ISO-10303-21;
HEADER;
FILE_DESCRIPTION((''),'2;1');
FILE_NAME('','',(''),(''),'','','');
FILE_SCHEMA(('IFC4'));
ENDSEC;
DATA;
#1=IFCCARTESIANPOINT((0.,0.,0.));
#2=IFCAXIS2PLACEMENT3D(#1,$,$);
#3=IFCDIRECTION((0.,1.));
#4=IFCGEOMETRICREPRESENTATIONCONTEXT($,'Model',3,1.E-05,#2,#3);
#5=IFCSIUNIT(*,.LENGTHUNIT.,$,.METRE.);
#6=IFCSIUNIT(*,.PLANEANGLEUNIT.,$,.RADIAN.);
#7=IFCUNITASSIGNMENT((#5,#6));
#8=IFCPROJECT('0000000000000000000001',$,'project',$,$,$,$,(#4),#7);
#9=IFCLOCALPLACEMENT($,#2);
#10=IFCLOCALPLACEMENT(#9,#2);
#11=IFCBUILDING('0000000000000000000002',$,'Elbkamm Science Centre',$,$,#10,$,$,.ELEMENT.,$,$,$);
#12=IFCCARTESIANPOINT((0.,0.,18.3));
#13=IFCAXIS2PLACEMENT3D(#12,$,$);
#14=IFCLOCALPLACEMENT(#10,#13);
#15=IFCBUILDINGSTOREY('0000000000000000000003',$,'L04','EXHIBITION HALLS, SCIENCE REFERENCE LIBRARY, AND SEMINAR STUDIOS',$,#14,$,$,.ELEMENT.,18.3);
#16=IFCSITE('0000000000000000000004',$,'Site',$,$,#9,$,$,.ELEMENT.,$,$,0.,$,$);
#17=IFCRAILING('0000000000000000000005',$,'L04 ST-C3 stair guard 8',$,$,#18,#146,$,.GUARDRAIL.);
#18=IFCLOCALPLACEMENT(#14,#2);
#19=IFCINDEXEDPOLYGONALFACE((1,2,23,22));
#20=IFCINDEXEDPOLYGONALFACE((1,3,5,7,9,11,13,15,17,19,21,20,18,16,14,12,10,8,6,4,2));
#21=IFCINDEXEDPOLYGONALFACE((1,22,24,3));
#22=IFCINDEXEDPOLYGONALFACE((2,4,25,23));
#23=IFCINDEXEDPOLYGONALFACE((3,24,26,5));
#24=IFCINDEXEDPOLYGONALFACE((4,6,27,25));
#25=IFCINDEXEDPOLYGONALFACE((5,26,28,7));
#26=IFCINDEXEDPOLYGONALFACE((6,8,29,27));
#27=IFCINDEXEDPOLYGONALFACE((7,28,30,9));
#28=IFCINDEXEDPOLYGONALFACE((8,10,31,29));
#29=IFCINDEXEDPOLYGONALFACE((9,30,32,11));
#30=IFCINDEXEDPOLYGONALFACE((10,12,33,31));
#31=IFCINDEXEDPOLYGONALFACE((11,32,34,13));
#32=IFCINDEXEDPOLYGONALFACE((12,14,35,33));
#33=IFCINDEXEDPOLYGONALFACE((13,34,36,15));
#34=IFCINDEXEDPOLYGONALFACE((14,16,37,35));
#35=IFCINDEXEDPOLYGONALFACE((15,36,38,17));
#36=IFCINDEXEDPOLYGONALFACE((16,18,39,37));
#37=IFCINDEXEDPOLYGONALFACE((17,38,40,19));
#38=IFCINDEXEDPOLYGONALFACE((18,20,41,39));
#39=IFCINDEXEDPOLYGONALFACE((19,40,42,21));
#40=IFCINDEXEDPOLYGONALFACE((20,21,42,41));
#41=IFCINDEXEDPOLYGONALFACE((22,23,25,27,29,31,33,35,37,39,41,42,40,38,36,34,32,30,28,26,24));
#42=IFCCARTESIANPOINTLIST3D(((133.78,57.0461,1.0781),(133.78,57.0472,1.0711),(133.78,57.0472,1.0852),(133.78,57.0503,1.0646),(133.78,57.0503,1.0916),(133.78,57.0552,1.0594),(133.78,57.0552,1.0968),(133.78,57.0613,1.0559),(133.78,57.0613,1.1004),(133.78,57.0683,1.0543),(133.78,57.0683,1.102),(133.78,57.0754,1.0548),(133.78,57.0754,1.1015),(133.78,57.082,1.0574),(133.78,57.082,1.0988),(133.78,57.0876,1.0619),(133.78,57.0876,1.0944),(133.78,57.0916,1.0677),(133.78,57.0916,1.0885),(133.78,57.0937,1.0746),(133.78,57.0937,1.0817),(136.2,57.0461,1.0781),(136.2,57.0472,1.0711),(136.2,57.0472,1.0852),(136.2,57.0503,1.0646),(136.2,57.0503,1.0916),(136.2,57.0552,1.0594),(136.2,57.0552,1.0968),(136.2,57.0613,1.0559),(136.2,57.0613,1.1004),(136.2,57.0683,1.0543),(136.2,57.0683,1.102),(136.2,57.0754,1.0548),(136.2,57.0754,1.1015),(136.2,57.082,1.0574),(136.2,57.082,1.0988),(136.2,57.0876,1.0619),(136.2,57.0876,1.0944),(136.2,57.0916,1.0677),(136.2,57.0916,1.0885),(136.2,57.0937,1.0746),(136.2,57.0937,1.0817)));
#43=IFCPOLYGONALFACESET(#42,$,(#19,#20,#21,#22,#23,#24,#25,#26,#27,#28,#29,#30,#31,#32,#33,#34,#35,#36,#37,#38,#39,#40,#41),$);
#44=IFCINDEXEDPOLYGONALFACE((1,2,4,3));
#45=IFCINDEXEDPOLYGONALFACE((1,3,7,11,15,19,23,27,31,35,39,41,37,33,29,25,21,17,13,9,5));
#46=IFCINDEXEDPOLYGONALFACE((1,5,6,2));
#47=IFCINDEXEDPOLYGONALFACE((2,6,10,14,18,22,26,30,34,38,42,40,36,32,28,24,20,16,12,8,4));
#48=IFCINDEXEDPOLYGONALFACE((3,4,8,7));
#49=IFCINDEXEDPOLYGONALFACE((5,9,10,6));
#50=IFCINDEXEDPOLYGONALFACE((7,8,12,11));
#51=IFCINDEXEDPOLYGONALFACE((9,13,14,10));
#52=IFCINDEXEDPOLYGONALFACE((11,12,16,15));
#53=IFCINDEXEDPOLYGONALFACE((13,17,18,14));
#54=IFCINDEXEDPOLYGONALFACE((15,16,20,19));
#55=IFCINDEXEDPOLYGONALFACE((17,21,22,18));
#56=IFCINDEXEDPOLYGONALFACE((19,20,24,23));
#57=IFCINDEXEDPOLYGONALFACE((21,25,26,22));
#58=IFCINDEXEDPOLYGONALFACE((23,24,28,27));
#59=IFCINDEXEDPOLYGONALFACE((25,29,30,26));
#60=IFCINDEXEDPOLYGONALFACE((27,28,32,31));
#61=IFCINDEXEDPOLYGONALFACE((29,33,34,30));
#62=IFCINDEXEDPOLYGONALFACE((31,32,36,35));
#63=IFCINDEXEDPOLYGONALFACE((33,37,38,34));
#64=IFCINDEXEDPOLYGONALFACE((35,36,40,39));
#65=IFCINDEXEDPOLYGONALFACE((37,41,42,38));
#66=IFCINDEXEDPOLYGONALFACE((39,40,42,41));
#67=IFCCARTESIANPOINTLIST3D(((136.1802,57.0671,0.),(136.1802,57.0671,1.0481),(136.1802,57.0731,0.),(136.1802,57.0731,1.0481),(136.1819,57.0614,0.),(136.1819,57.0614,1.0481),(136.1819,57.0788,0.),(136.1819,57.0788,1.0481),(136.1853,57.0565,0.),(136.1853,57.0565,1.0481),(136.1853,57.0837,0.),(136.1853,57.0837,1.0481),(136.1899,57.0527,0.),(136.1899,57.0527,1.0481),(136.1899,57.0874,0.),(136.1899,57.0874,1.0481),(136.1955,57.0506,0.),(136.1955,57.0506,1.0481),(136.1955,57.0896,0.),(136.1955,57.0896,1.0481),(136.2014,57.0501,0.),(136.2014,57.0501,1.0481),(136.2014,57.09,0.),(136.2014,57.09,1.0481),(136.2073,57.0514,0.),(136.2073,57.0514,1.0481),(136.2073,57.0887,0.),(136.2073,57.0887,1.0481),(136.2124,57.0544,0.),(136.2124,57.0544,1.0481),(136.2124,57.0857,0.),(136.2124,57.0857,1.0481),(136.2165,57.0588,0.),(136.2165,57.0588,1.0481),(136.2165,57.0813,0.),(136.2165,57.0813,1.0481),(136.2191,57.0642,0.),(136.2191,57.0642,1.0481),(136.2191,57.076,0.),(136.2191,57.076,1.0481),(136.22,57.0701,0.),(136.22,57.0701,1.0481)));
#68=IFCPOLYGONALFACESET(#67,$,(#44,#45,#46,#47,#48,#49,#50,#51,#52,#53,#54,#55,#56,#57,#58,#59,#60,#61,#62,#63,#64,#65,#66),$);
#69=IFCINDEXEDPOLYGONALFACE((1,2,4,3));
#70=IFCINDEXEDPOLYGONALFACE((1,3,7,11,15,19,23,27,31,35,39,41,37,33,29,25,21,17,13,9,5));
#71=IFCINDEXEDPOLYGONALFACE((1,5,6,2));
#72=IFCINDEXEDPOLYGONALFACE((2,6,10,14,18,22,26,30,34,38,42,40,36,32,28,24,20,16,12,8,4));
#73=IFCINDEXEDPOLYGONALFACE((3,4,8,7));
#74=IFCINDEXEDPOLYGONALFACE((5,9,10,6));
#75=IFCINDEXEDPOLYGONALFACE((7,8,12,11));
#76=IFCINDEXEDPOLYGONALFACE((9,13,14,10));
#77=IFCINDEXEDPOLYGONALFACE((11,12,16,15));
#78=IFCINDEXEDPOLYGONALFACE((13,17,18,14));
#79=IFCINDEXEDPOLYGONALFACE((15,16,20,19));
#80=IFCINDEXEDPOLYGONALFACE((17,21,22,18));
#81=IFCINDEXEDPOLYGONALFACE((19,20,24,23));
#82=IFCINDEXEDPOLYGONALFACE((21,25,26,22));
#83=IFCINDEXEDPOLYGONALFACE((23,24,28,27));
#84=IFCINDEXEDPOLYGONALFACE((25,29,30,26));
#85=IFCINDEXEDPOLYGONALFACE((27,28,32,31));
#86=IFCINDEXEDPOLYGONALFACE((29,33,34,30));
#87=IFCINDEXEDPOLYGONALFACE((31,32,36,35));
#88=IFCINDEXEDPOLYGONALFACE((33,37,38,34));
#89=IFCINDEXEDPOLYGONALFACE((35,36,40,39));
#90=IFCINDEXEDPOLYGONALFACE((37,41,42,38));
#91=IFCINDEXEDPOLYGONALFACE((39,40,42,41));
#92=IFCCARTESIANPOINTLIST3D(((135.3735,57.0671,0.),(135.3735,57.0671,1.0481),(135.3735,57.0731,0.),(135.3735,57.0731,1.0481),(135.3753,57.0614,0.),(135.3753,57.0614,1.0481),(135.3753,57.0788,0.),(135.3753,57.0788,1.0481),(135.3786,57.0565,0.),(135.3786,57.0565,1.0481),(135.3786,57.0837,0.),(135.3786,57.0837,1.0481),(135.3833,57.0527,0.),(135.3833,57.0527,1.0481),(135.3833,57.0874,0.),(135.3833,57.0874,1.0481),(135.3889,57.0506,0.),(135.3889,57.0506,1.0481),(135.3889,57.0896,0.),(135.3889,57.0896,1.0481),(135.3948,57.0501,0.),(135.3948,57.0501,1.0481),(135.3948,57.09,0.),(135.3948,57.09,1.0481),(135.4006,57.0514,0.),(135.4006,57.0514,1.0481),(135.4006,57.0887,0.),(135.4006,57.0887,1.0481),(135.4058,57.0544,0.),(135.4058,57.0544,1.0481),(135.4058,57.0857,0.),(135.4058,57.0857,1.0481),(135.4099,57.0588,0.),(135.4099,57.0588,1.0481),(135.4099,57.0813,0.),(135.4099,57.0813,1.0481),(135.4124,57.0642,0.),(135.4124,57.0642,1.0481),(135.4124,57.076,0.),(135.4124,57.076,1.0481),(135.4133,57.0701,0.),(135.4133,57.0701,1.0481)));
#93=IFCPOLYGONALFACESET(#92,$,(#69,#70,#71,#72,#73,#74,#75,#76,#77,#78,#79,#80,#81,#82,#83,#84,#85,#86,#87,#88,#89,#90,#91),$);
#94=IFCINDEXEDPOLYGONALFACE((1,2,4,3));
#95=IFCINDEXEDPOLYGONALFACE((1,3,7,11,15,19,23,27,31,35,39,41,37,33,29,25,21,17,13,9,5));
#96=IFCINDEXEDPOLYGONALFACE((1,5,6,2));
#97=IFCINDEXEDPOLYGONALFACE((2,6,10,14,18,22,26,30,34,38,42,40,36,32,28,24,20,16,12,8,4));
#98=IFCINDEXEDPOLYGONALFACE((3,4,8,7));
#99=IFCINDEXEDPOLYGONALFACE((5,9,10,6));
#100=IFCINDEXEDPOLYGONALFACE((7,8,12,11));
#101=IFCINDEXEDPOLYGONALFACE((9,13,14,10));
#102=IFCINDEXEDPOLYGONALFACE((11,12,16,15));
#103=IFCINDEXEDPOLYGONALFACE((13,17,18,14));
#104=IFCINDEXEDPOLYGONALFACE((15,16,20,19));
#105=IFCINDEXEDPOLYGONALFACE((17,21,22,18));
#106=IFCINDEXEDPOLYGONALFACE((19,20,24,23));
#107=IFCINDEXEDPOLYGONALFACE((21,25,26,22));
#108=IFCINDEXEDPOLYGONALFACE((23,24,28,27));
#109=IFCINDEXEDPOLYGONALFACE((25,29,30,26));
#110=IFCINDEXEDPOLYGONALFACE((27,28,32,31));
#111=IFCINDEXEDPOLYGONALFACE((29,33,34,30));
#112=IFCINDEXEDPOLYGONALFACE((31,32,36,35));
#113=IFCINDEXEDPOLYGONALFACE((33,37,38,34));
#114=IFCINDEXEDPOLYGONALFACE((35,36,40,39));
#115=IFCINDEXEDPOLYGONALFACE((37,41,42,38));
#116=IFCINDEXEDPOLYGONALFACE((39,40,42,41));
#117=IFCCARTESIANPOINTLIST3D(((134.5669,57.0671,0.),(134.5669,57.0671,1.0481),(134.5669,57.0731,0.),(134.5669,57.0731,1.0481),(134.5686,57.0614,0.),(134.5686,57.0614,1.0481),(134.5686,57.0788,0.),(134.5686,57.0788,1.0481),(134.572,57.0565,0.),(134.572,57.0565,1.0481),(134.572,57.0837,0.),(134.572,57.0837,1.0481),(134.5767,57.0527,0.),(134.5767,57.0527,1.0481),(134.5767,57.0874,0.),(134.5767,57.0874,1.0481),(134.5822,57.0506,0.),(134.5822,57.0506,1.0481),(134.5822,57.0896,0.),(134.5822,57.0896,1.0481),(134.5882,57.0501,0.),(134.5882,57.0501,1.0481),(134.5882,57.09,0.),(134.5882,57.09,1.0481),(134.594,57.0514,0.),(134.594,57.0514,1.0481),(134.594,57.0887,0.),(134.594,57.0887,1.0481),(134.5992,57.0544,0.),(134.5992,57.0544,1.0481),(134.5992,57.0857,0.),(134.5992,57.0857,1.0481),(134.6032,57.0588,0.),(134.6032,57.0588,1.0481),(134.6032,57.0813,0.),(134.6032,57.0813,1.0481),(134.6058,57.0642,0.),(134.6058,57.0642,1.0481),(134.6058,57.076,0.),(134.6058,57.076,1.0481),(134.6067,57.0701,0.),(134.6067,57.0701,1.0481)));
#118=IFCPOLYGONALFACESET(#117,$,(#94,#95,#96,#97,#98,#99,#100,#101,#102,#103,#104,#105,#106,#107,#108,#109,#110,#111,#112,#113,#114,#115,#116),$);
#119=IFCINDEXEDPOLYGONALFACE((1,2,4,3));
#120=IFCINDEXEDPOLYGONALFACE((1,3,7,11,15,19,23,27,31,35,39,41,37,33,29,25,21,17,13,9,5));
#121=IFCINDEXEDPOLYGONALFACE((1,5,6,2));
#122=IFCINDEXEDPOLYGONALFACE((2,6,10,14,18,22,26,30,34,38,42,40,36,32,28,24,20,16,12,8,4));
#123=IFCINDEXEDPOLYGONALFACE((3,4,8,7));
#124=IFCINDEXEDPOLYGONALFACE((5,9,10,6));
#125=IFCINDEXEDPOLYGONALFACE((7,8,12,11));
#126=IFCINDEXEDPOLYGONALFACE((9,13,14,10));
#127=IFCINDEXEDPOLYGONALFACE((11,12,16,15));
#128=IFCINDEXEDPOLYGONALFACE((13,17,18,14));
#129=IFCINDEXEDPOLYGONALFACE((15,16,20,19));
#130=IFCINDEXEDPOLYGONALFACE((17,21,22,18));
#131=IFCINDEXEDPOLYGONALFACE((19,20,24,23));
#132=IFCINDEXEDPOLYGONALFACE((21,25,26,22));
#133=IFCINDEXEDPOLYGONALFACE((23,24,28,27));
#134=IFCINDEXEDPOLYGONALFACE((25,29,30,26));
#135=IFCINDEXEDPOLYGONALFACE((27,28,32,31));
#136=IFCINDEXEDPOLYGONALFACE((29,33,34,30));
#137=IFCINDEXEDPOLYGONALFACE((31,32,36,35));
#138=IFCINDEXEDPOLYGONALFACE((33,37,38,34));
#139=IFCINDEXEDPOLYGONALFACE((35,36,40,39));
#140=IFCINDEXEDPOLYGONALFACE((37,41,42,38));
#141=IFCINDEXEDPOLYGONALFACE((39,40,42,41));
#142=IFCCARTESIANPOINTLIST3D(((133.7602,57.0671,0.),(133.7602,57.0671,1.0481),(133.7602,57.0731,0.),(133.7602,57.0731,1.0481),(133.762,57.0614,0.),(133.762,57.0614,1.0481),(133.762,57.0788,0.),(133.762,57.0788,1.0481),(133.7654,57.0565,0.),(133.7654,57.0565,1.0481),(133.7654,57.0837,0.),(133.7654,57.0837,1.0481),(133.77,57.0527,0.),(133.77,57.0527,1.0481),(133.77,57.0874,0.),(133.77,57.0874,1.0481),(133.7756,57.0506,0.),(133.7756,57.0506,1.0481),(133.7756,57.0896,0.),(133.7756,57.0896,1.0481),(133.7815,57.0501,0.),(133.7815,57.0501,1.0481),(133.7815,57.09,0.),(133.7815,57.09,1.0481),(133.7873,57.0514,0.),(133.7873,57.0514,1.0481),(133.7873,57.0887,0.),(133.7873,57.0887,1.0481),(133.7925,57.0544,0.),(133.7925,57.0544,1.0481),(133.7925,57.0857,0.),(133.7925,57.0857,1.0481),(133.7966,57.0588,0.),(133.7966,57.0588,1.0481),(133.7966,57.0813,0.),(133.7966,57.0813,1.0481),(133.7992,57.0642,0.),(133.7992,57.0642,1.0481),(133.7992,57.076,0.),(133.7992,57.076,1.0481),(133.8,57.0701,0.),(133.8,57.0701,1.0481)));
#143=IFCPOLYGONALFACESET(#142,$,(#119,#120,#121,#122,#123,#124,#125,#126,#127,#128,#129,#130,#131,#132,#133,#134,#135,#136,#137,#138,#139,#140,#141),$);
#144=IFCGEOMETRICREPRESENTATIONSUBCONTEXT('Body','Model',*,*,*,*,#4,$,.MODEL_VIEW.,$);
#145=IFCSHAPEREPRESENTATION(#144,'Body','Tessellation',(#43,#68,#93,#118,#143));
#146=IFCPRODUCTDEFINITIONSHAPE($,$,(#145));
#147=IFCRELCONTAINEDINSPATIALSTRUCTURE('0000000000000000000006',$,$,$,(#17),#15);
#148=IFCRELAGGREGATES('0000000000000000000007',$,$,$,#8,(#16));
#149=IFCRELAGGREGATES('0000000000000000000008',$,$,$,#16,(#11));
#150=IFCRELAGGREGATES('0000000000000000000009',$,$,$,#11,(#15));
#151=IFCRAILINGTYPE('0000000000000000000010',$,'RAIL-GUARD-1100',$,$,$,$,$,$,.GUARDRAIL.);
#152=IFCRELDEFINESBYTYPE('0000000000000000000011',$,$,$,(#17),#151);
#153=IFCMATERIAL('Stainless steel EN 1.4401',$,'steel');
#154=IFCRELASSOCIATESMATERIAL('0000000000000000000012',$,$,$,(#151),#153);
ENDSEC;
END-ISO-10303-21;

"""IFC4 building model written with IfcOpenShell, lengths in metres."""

from ifc_helpers import new_model, si_unit, direction, frame, origin, origin_2d, place, context, subcontext, project, spatial, circle, extrude, material, type_object, element, save


model = new_model("IFC4")

# Units and contexts
model_context = context("Model", 3, precision=1e-05, world=origin(), true_north=direction((0.0, 1.0)))
body_context = subcontext(model_context, "Body", "Model", "MODEL_VIEW")
ifc_project = project(units=[si_unit("LENGTHUNIT", "METRE"), si_unit("PLANEANGLEUNIT", "RADIAN")], contexts=[model_context])

# Site, building, storey
site_placement = place(None, origin())
site = spatial("IfcSite", under=ifc_project, at=site_placement, Name="Site", CompositionType="ELEMENT", RefElevation=0.0)
building_placement = place(site_placement, origin())
building = spatial("IfcBuilding", under=site, at=building_placement, Name="Elbkamm Science Centre", CompositionType="ELEMENT")
storey_placement = place(building_placement, frame((0.0, 0.0, 18.3)))
storey = spatial("IfcBuildingStorey", under=building, at=storey_placement, Name="L04", Description="EXHIBITION HALLS, SCIENCE REFERENCE LIBRARY, AND SEMINAR STUDIOS", CompositionType="ELEMENT", Elevation=18.3)

# Railing
ifc_material_1 = material(Name="Stainless steel EN 1.4401", Category="steel")
railing_type_1 = type_object("IfcRailingType", Name="RAIL-GUARD-1100", PredefinedType="GUARDRAIL", material=ifc_material_1)
for number, where, name in (
    (1, (136.2, 57.0701, 0.0), "L04 ST-C3 stair guard 8"),
):
    element("IfcRailing", number, at=place(storey_placement, frame(where)), inside=storey, type_object=railing_type_1, Name=name, PredefinedType="GUARDRAIL", context=body_context, shape_type="SweptSolid", body=[
        extrude(circle(Radius=0.0239, at=origin_2d()), frame((0.0, 0.0, 1.0781), z_axis=(-1.0, 0.0, 0.0), x_axis=(0.0, -1.0, 0.0)), (0.0, 0.0, 1.0), 2.4199),
        extrude(circle(Radius=0.02, at=origin_2d()), origin(), (0.0, 0.0, 1.0), 1.0481),
        extrude(circle(Radius=0.02, at=origin_2d()), frame((-0.8066, 0.0, 0.0)), (0.0, 0.0, 1.0), 1.0481),
        extrude(circle(Radius=0.02, at=origin_2d()), frame((-1.6133, 0.0, 0.0)), (0.0, 0.0, 1.0), 1.0481),
        extrude(circle(Radius=0.02, at=origin_2d()), frame((-2.4199, 0.0, 0.0)), (0.0, 0.0, 1.0), 1.0481),
    ])

save(model, "model.ifc")
